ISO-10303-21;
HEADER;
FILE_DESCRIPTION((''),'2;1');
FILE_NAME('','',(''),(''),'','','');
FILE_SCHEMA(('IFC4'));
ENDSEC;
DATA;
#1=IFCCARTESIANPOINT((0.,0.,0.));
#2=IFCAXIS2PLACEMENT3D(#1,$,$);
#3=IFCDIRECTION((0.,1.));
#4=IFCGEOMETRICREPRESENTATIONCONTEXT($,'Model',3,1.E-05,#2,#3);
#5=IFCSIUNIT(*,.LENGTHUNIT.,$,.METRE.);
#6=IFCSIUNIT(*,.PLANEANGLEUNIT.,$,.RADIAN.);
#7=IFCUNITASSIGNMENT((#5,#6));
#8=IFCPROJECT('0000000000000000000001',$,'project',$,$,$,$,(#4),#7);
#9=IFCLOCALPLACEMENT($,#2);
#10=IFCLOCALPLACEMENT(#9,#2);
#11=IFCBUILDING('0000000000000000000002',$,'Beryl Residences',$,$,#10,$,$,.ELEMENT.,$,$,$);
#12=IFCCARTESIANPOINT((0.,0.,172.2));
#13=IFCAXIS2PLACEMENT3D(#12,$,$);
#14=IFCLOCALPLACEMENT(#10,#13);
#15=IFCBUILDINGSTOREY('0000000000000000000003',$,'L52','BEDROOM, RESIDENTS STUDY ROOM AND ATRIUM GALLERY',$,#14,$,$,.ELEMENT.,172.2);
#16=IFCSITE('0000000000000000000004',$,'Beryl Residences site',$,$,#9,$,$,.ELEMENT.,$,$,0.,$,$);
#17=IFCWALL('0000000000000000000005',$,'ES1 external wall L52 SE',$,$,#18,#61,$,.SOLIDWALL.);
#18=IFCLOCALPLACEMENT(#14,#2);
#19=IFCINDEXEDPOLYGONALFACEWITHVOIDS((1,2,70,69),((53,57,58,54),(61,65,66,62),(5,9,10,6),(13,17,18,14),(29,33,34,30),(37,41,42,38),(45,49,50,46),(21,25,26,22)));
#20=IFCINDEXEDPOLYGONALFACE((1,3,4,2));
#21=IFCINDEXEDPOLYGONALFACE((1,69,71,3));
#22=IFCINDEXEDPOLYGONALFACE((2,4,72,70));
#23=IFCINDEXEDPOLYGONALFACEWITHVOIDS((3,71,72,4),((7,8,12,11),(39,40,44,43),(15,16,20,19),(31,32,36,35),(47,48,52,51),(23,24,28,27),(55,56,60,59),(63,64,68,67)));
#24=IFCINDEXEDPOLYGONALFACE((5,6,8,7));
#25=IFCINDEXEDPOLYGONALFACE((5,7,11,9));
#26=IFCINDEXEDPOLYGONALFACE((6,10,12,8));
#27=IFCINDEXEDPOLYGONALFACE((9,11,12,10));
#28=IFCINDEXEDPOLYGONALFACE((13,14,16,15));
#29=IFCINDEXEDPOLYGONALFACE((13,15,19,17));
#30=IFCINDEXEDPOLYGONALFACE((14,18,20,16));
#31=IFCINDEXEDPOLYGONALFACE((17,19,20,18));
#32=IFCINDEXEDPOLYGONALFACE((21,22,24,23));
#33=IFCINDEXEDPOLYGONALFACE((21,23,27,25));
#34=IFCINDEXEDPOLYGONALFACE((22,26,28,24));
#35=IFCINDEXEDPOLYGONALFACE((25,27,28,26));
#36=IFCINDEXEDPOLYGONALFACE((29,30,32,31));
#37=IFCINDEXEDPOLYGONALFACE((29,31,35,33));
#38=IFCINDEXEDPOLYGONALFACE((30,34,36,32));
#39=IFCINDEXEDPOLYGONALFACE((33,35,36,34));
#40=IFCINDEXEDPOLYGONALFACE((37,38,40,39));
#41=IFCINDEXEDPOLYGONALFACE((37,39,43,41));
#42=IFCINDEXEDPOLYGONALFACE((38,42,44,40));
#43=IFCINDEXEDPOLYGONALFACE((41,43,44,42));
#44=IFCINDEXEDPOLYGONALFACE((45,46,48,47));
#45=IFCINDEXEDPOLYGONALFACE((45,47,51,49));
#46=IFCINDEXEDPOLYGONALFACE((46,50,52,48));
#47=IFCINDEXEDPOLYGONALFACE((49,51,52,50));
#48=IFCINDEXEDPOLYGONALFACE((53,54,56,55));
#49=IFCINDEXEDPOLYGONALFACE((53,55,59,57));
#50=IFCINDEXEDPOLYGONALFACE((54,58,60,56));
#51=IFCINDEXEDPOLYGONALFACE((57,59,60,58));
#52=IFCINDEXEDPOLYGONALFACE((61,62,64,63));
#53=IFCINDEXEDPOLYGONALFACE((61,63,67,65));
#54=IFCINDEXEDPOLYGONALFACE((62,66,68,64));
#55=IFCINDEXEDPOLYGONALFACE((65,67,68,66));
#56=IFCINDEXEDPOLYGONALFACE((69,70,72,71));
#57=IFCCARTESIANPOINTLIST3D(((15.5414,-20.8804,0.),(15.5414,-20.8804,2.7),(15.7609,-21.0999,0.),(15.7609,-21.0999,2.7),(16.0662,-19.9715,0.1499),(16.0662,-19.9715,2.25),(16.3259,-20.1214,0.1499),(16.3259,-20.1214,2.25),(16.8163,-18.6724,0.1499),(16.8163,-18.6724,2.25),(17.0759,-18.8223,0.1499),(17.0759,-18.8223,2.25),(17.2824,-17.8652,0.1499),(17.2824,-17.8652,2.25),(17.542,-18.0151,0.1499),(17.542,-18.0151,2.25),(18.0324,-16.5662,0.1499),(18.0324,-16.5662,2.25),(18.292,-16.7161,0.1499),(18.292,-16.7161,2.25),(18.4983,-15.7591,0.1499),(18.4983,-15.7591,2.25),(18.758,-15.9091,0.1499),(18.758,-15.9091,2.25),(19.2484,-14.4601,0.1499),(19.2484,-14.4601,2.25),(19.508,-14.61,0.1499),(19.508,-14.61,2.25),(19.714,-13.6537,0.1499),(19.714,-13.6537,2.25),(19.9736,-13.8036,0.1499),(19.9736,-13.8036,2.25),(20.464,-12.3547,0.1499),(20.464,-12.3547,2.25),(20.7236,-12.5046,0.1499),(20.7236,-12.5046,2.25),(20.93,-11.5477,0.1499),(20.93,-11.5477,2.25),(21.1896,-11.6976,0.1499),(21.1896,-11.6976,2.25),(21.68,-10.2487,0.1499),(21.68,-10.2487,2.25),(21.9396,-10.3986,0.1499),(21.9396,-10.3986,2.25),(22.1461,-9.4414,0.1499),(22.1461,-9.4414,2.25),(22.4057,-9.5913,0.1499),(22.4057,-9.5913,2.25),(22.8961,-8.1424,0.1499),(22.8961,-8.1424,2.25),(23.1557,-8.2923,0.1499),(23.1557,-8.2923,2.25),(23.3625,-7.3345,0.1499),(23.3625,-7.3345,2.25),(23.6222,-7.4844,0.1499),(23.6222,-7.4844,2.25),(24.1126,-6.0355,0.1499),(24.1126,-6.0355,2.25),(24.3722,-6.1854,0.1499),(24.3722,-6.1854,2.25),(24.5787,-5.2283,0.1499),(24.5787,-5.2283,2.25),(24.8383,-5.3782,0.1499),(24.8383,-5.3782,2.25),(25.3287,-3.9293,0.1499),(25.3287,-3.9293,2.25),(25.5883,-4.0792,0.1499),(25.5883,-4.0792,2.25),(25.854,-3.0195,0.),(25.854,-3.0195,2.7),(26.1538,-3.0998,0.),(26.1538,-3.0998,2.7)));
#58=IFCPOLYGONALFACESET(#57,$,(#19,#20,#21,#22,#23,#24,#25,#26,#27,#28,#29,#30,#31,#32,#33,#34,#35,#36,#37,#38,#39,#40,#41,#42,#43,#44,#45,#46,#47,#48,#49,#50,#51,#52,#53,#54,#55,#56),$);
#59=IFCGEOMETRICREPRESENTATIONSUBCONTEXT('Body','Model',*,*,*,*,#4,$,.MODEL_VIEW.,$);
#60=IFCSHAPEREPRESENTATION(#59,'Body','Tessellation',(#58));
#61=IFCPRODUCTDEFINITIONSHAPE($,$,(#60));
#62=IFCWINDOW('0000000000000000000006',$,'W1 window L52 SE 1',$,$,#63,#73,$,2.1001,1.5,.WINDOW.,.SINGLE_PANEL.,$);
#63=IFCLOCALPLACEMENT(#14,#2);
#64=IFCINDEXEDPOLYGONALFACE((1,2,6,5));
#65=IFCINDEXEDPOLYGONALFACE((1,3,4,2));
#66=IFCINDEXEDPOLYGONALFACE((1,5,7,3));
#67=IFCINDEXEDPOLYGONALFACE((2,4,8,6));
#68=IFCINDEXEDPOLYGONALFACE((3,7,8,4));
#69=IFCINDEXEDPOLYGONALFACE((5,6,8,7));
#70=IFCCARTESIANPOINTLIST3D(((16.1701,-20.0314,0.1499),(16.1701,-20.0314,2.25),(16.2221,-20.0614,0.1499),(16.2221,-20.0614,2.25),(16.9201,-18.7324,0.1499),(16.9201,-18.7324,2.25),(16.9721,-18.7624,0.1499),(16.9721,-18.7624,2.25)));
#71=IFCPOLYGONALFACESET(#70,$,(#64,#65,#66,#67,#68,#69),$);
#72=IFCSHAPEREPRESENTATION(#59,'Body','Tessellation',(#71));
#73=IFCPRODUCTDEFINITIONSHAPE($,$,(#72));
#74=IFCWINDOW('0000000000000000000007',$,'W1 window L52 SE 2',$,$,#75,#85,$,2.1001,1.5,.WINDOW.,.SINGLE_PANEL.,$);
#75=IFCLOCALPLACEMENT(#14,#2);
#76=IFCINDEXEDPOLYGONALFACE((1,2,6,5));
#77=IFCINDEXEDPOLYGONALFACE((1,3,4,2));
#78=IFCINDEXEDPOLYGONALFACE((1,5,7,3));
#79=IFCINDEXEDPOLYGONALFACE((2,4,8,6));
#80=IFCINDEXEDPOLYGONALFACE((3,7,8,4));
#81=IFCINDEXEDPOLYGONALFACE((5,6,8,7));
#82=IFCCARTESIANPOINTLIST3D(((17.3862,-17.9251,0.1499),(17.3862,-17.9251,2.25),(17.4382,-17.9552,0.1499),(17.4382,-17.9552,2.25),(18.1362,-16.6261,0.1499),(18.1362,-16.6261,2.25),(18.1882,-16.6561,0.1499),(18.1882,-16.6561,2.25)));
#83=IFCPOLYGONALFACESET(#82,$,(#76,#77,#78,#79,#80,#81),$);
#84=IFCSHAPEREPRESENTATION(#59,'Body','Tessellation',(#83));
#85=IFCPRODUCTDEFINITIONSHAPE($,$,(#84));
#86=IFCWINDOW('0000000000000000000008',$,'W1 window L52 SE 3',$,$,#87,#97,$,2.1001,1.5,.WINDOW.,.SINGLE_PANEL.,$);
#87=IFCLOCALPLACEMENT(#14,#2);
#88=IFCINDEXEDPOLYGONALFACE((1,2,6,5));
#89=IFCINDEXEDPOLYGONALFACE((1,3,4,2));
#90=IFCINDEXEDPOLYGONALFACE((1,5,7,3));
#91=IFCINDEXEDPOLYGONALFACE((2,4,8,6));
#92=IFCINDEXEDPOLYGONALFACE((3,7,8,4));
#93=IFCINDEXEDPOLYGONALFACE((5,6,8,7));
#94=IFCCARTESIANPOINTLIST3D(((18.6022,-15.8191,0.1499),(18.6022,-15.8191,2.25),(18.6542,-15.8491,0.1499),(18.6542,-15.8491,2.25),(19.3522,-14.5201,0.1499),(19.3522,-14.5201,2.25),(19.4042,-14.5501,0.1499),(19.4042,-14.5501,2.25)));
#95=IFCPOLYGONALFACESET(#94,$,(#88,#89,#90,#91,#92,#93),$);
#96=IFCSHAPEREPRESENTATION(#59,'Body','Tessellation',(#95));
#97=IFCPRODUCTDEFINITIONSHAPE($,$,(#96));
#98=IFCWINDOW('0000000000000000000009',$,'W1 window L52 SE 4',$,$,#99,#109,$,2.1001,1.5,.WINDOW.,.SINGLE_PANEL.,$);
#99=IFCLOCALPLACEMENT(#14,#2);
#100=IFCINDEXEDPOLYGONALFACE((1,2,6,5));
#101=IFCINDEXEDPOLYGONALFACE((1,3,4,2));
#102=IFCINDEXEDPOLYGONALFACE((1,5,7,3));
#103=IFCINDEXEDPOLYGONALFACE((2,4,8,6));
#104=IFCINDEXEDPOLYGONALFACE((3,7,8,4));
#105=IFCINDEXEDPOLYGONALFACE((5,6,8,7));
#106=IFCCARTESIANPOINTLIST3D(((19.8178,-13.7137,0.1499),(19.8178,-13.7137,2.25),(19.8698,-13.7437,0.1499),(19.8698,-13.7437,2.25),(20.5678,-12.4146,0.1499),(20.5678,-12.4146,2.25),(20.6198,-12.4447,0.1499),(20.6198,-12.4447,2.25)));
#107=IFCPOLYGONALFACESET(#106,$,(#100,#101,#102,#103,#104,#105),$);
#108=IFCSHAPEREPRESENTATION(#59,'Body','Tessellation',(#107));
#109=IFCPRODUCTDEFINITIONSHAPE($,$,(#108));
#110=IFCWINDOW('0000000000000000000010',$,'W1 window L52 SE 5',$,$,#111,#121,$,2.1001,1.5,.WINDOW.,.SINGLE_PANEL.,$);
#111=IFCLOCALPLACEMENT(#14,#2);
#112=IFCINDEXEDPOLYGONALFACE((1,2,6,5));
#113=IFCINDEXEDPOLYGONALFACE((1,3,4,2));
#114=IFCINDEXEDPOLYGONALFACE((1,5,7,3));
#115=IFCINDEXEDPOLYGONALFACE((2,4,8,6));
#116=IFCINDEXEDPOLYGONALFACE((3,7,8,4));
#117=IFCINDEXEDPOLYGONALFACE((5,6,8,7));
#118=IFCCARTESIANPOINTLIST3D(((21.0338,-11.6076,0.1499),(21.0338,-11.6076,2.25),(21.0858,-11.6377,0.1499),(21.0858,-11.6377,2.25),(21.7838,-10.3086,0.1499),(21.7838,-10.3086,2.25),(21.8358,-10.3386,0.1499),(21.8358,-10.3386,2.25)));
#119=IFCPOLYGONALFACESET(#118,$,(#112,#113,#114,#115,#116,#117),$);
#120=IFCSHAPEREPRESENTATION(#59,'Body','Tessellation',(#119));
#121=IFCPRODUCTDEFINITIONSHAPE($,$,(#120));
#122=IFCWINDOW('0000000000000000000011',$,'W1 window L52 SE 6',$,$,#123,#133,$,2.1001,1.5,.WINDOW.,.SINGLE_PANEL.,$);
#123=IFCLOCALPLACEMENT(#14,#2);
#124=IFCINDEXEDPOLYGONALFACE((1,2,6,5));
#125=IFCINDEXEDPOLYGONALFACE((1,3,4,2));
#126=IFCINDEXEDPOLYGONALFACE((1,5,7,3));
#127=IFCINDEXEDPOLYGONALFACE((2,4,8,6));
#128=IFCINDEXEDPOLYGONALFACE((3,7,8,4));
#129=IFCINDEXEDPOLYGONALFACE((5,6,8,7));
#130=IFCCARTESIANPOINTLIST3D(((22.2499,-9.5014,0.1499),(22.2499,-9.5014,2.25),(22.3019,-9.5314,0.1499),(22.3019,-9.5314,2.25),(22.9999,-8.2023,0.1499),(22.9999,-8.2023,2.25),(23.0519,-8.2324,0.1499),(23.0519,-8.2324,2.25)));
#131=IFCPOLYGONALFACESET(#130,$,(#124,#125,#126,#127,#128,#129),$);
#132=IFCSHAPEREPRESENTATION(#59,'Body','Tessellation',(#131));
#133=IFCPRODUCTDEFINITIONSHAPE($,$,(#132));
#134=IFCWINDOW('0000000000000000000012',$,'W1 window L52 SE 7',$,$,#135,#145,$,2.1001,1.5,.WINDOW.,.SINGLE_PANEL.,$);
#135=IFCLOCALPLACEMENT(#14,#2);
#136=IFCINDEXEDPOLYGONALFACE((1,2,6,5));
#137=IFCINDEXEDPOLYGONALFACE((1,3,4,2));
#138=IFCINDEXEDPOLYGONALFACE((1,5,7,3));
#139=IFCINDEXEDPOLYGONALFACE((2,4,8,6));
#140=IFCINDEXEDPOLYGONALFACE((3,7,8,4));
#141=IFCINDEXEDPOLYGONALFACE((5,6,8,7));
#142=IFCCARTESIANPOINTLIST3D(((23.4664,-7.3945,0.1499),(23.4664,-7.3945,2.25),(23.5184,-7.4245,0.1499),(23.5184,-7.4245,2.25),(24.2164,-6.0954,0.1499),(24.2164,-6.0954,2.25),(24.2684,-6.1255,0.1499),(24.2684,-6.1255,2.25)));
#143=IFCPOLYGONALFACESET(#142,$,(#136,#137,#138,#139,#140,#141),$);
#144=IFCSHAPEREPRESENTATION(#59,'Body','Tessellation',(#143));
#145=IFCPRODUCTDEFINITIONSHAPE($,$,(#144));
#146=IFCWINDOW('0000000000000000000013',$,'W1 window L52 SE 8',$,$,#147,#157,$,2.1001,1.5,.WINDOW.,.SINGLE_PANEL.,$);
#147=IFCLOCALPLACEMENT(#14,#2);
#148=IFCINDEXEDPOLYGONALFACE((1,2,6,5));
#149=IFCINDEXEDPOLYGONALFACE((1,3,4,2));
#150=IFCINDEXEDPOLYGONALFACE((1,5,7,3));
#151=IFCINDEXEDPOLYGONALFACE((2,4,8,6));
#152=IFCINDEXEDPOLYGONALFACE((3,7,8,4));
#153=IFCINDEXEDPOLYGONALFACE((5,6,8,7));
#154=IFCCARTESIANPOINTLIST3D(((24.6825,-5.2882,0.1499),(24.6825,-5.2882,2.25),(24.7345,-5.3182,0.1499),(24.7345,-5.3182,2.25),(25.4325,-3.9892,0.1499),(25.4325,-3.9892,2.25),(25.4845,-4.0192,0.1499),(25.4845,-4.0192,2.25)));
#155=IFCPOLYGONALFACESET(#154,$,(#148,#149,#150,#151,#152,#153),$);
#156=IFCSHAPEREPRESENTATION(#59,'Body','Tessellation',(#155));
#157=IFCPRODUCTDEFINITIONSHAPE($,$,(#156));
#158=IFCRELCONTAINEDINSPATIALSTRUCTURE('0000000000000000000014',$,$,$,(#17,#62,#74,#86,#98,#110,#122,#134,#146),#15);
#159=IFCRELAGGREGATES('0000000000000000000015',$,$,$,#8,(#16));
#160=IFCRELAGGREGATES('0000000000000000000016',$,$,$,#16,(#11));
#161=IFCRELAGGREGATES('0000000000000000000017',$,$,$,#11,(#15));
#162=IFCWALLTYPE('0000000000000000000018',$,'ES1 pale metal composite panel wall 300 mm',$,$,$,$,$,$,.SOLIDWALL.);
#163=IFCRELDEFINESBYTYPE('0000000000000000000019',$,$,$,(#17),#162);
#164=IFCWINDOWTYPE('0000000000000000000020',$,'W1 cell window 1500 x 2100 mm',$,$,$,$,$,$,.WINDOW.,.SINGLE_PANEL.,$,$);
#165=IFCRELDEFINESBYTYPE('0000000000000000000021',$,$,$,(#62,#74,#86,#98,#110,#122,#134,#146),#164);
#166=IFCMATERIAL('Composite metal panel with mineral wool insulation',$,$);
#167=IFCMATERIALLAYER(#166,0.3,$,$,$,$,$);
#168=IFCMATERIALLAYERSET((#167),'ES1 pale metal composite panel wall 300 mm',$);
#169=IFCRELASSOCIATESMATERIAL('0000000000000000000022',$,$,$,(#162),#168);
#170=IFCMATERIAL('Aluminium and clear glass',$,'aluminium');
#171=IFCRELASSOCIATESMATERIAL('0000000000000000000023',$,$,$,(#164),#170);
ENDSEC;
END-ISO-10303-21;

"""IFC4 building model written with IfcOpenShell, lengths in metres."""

from ifc_helpers import new_model, si_unit, direction, frame, frame_2d, origin, place, context, subcontext, project, spatial, polyline, rectangle, outline, extrude, material, layer, layer_set, type_object, element, fill, save


model = new_model("IFC4")

# Units and contexts
model_context = context("Model", 3, precision=1e-05, world=origin(), true_north=direction((0.0, 1.0)))
body_context = subcontext(model_context, "Body", "Model", "MODEL_VIEW")
ifc_project = project(units=[si_unit("LENGTHUNIT", "METRE"), si_unit("PLANEANGLEUNIT", "RADIAN")], contexts=[model_context])

# Site, building, storey
site_placement = place(None, origin())
site = spatial("IfcSite", under=ifc_project, at=site_placement, Name="Beryl Residences site", CompositionType="ELEMENT", RefElevation=0.0)
building_placement = place(site_placement, origin())
building = spatial("IfcBuilding", under=site, at=building_placement, Name="Beryl Residences", CompositionType="ELEMENT")
storey_placement = place(building_placement, frame((0.0, 0.0, 172.2)))
storey = spatial("IfcBuildingStorey", under=building, at=storey_placement, Name="L52", Description="BEDROOM, RESIDENTS STUDY ROOM AND ATRIUM GALLERY", CompositionType="ELEMENT", Elevation=172.2)

# Wall, openings, windows
ifc_material_1 = material(Name="Composite metal panel with mineral wool insulation")
ifc_layer_1 = layer(ifc_material_1, 0.3)
ifc_layer_set_1 = layer_set([ifc_layer_1], Name="ES1 pale metal composite panel wall 300 mm")
wall_type_1 = type_object("IfcWallType", Name="ES1 pale metal composite panel wall 300 mm", PredefinedType="SOLIDWALL", material=ifc_layer_set_1)
wall_1_placement = place(storey_placement, frame((15.6311, -21.0249, 0.0), z_axis=(0.0, 0.0, 1.0), x_axis=(0.500019, 0.866015, 0.0)))
wall_1 = element("IfcWall", 1, at=wall_1_placement, inside=storey, type_object=wall_type_1, Name="ES1 external wall L52 SE", PredefinedType="SOLIDWALL", context=body_context, shape_type="SweptSolid", body=[
    extrude(outline(polyline([(0.0, -0.1499), (20.7849, -0.1499), (20.7046, 0.1499), (0.0803, 0.1499), (0.0, -0.1499)])), origin(), (0.0, 0.0, 1.0), 2.7),
])
opening_1_placement = place(wall_1_placement, frame((1.1299, 0.0, 0.1499)))
opening_1 = element("IfcOpeningElement", 2, at=opening_1_placement, cuts=wall_1, PredefinedType="OPENING", context=body_context, shape_type="SweptSolid", body=[
    extrude(rectangle(XDim=1.5, YDim=2.1001, at=frame_2d((0.75, 1.05))), frame((0.0, 0.1599, 0.0), z_axis=(0.0, -1.0, 0.0), x_axis=(1.0, 0.0, 0.0)), (0.0, 0.0, 1.0), 0.3201),
])
opening_2_placement = place(wall_1_placement, frame((3.562, 0.0, 0.1499)))
opening_2 = element("IfcOpeningElement", 3, at=opening_2_placement, cuts=wall_1, PredefinedType="OPENING", context=body_context, shape_type="SweptSolid", body=[
    extrude(rectangle(XDim=1.5, YDim=2.1001, at=frame_2d((0.75, 1.05))), frame((0.0, 0.1599, 0.0), z_axis=(0.0, -1.0, 0.0), x_axis=(1.0, 0.0, 0.0)), (0.0, 0.0, 1.0), 0.3201),
])
opening_3_placement = place(wall_1_placement, frame((5.9939, 0.0, 0.1499)))
opening_3 = element("IfcOpeningElement", 4, at=opening_3_placement, cuts=wall_1, PredefinedType="OPENING", context=body_context, shape_type="SweptSolid", body=[
    extrude(rectangle(XDim=1.5, YDim=2.1001, at=frame_2d((0.75, 1.05))), frame((0.0, 0.1599, 0.0), z_axis=(0.0, -1.0, 0.0), x_axis=(1.0, 0.0, 0.0)), (0.0, 0.0, 1.0), 0.3201),
])
opening_4_placement = place(wall_1_placement, frame((8.425, 0.0, 0.1499)))
opening_4 = element("IfcOpeningElement", 5, at=opening_4_placement, cuts=wall_1, PredefinedType="OPENING", context=body_context, shape_type="SweptSolid", body=[
    extrude(rectangle(XDim=1.5, YDim=2.1001, at=frame_2d((0.75, 1.05))), frame((0.0, 0.1599, 0.0), z_axis=(0.0, -1.0, 0.0), x_axis=(1.0, 0.0, 0.0)), (0.0, 0.0, 1.0), 0.3201),
])
opening_5_placement = place(wall_1_placement, frame((10.8569, 0.0, 0.1499)))
opening_5 = element("IfcOpeningElement", 6, at=opening_5_placement, cuts=wall_1, PredefinedType="OPENING", context=body_context, shape_type="SweptSolid", body=[
    extrude(rectangle(XDim=1.5, YDim=2.1001, at=frame_2d((0.75, 1.05))), frame((0.0, 0.1599, 0.0), z_axis=(0.0, -1.0, 0.0), x_axis=(1.0, 0.0, 0.0)), (0.0, 0.0, 1.0), 0.3201),
])
opening_6_placement = place(wall_1_placement, frame((13.2891, 0.0, 0.1499)))
opening_6 = element("IfcOpeningElement", 7, at=opening_6_placement, cuts=wall_1, PredefinedType="OPENING", context=body_context, shape_type="SweptSolid", body=[
    extrude(rectangle(XDim=1.5, YDim=2.1001, at=frame_2d((0.75, 1.05))), frame((0.0, 0.1599, 0.0), z_axis=(0.0, -1.0, 0.0), x_axis=(1.0, 0.0, 0.0)), (0.0, 0.0, 1.0), 0.3201),
])
opening_7_placement = place(wall_1_placement, frame((15.7219, 0.0, 0.1499)))
opening_7 = element("IfcOpeningElement", 8, at=opening_7_placement, cuts=wall_1, PredefinedType="OPENING", context=body_context, shape_type="SweptSolid", body=[
    extrude(rectangle(XDim=1.5, YDim=2.1001, at=frame_2d((0.75, 1.05))), frame((0.0, 0.1599, 0.0), z_axis=(0.0, -1.0, 0.0), x_axis=(1.0, 0.0, 0.0)), (0.0, 0.0, 1.0), 0.3201),
])
opening_8_placement = place(wall_1_placement, frame((18.1541, 0.0, 0.1499)))
opening_8 = element("IfcOpeningElement", 9, at=opening_8_placement, cuts=wall_1, PredefinedType="OPENING", context=body_context, shape_type="SweptSolid", body=[
    extrude(rectangle(XDim=1.5, YDim=2.1001, at=frame_2d((0.75, 1.05))), frame((0.0, 0.1599, 0.0), z_axis=(0.0, -1.0, 0.0), x_axis=(1.0, 0.0, 0.0)), (0.0, 0.0, 1.0), 0.3201),
])
ifc_material_2 = material(Name="Aluminium and clear glass", Category="aluminium")
window_type = type_object("IfcWindowType", Name="W1 cell window 1500 x 2100 mm", PartitioningType="SINGLE_PANEL", PredefinedType="WINDOW", material=ifc_material_2)
window_1_placement = place(opening_1_placement, origin())
window_1 = element("IfcWindow", 10, at=window_1_placement, inside=storey, type_object=window_type, Name="W1 window L52 SE 1", OverallHeight=2.1001, OverallWidth=1.5, PartitioningType="SINGLE_PANEL", PredefinedType="WINDOW", context=body_context, shape_type="SweptSolid", body=[
    extrude(rectangle(XDim=1.5, YDim=2.1001, at=frame_2d((0.75, 1.05))), frame((0.0, 0.03, 0.0), z_axis=(0.0, -1.0, 0.0), x_axis=(1.0, 0.0, 0.0)), (0.0, 0.0, 1.0), 0.0601),
])
fill(opening_1, window_1)
window_2_placement = place(opening_2_placement, origin())
window_2 = element("IfcWindow", 11, at=window_2_placement, inside=storey, type_object=window_type, Name="W1 window L52 SE 2", OverallHeight=2.1001, OverallWidth=1.5, PartitioningType="SINGLE_PANEL", PredefinedType="WINDOW", context=body_context, shape_type="SweptSolid", body=[
    extrude(rectangle(XDim=1.5, YDim=2.1001, at=frame_2d((0.75, 1.05))), frame((0.0, 0.03, 0.0), z_axis=(0.0, -1.0, 0.0), x_axis=(1.0, 0.0, 0.0)), (0.0, 0.0, 1.0), 0.0601),
])
fill(opening_2, window_2)
window_3_placement = place(opening_3_placement, origin())
window_3 = element("IfcWindow", 12, at=window_3_placement, inside=storey, type_object=window_type, Name="W1 window L52 SE 3", OverallHeight=2.1001, OverallWidth=1.5, PartitioningType="SINGLE_PANEL", PredefinedType="WINDOW", context=body_context, shape_type="SweptSolid", body=[
    extrude(rectangle(XDim=1.5, YDim=2.1001, at=frame_2d((0.75, 1.05))), frame((0.0, 0.03, 0.0), z_axis=(0.0, -1.0, 0.0), x_axis=(1.0, 0.0, 0.0)), (0.0, 0.0, 1.0), 0.0601),
])
fill(opening_3, window_3)
window_4_placement = place(opening_4_placement, origin())
window_4 = element("IfcWindow", 13, at=window_4_placement, inside=storey, type_object=window_type, Name="W1 window L52 SE 4", OverallHeight=2.1001, OverallWidth=1.5, PartitioningType="SINGLE_PANEL", PredefinedType="WINDOW", context=body_context, shape_type="SweptSolid", body=[
    extrude(rectangle(XDim=1.5, YDim=2.1001, at=frame_2d((0.75, 1.05))), frame((0.0, 0.03, 0.0), z_axis=(0.0, -1.0, 0.0), x_axis=(1.0, 0.0, 0.0)), (0.0, 0.0, 1.0), 0.0601),
])
fill(opening_4, window_4)
window_5_placement = place(opening_5_placement, origin())
window_5 = element("IfcWindow", 14, at=window_5_placement, inside=storey, type_object=window_type, Name="W1 window L52 SE 5", OverallHeight=2.1001, OverallWidth=1.5, PartitioningType="SINGLE_PANEL", PredefinedType="WINDOW", context=body_context, shape_type="SweptSolid", body=[
    extrude(rectangle(XDim=1.5, YDim=2.1001, at=frame_2d((0.75, 1.05))), frame((0.0, 0.03, 0.0), z_axis=(0.0, -1.0, 0.0), x_axis=(1.0, 0.0, 0.0)), (0.0, 0.0, 1.0), 0.0601),
])
fill(opening_5, window_5)
window_6_placement = place(opening_6_placement, origin())
window_6 = element("IfcWindow", 15, at=window_6_placement, inside=storey, type_object=window_type, Name="W1 window L52 SE 6", OverallHeight=2.1001, OverallWidth=1.5, PartitioningType="SINGLE_PANEL", PredefinedType="WINDOW", context=body_context, shape_type="SweptSolid", body=[
    extrude(rectangle(XDim=1.5, YDim=2.1001, at=frame_2d((0.75, 1.05))), frame((0.0, 0.03, 0.0), z_axis=(0.0, -1.0, 0.0), x_axis=(1.0, 0.0, 0.0)), (0.0, 0.0, 1.0), 0.0601),
])
fill(opening_6, window_6)
window_7_placement = place(opening_7_placement, origin())
window_7 = element("IfcWindow", 16, at=window_7_placement, inside=storey, type_object=window_type, Name="W1 window L52 SE 7", OverallHeight=2.1001, OverallWidth=1.5, PartitioningType="SINGLE_PANEL", PredefinedType="WINDOW", context=body_context, shape_type="SweptSolid", body=[
    extrude(rectangle(XDim=1.5, YDim=2.1001, at=frame_2d((0.75, 1.05))), frame((0.0, 0.03, 0.0), z_axis=(0.0, -1.0, 0.0), x_axis=(1.0, 0.0, 0.0)), (0.0, 0.0, 1.0), 0.0601),
])
fill(opening_7, window_7)
window_8_placement = place(opening_8_placement, origin())
window_8 = element("IfcWindow", 17, at=window_8_placement, inside=storey, type_object=window_type, Name="W1 window L52 SE 8", OverallHeight=2.1001, OverallWidth=1.5, PartitioningType="SINGLE_PANEL", PredefinedType="WINDOW", context=body_context, shape_type="SweptSolid", body=[
    extrude(rectangle(XDim=1.5, YDim=2.1001, at=frame_2d((0.75, 1.05))), frame((0.0, 0.03, 0.0), z_axis=(0.0, -1.0, 0.0), x_axis=(1.0, 0.0, 0.0)), (0.0, 0.0, 1.0), 0.0601),
])
fill(opening_8, window_8)

save(model, "model.ifc")
